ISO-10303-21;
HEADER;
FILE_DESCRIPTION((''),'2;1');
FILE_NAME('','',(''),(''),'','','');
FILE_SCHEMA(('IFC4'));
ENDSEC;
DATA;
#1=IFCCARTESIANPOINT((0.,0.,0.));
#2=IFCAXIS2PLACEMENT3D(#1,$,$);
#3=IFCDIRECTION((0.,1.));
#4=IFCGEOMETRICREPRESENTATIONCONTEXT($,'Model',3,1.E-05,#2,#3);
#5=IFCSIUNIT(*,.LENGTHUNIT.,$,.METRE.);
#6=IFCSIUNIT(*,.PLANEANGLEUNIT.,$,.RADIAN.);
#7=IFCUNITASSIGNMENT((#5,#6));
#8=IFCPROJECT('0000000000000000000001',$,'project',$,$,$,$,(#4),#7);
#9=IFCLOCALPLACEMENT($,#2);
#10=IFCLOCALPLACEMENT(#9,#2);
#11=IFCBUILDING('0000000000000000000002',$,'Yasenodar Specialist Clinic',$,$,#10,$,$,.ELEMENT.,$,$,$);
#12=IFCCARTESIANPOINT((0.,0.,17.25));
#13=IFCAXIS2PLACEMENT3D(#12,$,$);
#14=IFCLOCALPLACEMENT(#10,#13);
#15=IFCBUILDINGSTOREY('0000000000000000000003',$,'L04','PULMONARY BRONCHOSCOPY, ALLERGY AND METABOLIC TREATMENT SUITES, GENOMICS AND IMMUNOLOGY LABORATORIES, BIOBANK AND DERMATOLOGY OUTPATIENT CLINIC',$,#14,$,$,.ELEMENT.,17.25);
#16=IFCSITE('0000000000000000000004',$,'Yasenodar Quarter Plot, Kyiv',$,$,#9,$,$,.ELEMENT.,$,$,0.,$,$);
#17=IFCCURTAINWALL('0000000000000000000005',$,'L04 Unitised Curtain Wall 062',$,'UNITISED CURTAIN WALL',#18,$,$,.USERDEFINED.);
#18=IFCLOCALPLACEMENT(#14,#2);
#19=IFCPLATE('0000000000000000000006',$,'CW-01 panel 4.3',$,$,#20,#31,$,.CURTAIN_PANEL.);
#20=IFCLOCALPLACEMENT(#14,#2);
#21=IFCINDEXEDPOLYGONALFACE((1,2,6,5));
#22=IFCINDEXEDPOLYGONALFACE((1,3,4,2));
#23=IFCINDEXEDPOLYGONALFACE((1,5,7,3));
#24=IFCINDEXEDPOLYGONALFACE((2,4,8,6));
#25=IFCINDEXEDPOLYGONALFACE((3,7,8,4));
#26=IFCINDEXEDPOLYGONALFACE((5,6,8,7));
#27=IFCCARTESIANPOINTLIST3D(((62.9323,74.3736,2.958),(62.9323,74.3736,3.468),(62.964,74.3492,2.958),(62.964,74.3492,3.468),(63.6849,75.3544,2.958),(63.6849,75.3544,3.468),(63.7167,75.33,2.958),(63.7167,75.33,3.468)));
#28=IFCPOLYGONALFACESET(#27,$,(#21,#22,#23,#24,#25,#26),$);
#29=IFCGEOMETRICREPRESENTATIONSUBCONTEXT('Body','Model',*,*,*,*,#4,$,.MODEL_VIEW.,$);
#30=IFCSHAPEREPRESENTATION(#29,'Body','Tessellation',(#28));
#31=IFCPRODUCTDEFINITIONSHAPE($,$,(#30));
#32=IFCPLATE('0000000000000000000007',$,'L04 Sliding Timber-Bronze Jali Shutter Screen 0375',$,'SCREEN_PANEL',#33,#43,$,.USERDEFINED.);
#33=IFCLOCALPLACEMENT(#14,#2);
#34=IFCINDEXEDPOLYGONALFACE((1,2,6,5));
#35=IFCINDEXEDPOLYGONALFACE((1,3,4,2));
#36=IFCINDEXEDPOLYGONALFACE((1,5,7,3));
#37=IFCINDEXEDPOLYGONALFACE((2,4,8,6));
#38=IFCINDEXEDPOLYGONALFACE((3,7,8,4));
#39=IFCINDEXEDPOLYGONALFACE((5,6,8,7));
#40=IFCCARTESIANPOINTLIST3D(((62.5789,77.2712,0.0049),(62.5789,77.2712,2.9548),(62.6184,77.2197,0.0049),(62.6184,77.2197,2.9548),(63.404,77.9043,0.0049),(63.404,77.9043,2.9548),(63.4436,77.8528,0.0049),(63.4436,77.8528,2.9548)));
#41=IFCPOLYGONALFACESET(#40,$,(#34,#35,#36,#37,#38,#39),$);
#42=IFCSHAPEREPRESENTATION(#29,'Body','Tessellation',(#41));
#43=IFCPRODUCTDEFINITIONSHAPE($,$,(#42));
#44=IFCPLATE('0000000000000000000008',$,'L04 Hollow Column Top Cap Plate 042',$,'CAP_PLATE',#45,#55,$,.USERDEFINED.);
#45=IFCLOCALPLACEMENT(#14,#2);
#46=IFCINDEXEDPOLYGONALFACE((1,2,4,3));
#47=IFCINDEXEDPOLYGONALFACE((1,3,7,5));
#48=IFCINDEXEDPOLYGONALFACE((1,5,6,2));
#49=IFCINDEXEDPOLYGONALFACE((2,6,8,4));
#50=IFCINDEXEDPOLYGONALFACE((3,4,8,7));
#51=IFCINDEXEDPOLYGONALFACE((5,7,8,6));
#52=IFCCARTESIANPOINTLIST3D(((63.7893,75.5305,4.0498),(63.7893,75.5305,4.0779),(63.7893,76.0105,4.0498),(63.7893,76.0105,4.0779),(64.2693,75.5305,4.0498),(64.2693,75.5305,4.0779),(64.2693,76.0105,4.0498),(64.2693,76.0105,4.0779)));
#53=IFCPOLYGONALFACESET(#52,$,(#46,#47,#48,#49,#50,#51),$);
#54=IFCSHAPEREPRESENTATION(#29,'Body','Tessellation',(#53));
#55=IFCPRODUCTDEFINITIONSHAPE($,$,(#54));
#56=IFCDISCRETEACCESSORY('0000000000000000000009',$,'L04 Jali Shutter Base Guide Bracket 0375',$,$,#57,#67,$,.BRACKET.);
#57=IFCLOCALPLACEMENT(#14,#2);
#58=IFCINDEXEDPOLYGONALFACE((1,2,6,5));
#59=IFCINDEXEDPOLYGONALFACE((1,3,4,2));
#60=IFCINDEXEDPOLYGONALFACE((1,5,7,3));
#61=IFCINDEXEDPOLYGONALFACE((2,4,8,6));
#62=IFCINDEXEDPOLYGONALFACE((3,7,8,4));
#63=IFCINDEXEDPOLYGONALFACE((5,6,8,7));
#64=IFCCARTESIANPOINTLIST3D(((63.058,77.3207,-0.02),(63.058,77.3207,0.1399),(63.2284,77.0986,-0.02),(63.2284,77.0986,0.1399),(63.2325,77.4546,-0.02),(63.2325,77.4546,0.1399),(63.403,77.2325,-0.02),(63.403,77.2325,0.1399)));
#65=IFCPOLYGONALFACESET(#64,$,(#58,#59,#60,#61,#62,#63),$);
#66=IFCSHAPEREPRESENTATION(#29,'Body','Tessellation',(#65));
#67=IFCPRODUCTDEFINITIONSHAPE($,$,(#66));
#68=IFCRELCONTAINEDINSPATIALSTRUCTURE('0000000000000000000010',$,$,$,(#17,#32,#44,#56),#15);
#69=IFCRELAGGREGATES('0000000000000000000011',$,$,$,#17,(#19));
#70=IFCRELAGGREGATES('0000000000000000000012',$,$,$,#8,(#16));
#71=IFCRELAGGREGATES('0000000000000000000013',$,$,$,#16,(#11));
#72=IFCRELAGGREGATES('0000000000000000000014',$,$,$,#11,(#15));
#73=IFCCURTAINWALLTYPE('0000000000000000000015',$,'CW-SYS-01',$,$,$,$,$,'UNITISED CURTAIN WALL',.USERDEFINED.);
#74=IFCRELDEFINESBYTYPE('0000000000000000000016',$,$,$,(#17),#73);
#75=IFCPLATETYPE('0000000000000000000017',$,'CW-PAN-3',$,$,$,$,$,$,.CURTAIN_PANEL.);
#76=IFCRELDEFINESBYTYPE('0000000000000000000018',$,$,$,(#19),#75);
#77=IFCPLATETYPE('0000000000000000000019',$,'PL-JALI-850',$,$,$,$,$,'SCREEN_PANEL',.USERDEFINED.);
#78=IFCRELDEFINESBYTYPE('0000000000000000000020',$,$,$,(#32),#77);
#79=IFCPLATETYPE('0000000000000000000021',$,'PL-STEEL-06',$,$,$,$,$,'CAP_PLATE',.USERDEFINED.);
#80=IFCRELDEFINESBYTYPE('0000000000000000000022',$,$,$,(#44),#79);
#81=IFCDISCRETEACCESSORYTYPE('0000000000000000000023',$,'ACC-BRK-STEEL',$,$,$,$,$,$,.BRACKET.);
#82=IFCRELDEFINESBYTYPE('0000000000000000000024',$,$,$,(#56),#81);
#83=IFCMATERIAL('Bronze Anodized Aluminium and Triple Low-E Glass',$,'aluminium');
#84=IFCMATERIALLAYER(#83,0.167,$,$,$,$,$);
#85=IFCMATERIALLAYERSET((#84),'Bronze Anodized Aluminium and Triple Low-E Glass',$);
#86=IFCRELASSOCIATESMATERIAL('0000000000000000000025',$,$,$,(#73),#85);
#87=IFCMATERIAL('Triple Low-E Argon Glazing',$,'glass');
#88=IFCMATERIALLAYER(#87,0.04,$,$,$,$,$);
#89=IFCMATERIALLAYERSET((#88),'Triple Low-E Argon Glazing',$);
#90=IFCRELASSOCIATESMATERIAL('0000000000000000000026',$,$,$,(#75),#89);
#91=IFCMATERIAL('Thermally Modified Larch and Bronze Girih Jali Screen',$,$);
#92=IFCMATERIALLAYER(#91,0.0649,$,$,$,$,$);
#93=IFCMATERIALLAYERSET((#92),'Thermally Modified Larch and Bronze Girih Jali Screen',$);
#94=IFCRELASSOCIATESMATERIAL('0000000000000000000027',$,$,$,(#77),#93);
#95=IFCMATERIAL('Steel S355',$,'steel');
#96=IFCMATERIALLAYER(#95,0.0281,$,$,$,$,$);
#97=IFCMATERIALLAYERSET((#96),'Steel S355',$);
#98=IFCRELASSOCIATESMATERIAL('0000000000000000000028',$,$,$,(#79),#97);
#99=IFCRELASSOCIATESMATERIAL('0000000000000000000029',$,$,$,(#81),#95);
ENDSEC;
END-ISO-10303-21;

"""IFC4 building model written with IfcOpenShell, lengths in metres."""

from ifc_helpers import new_model, si_unit, direction, frame, origin, origin_2d, place, context, subcontext, project, spatial, rectangle, extrude, material, layer, layer_set, type_object, element, aggregate, save


model = new_model("IFC4")

# Units and contexts
model_context = context("Model", 3, precision=1e-05, world=origin(), true_north=direction((0.0, 1.0)))
body_context = subcontext(model_context, "Body", "Model", "MODEL_VIEW")
ifc_project = project(units=[si_unit("LENGTHUNIT", "METRE"), si_unit("PLANEANGLEUNIT", "RADIAN")], contexts=[model_context])

# Site, building, storey
site_placement = place(None, origin())
site = spatial("IfcSite", under=ifc_project, at=site_placement, Name="Yasenodar Quarter Plot, Kyiv", CompositionType="ELEMENT", RefElevation=0.0)
building_placement = place(site_placement, origin())
building = spatial("IfcBuilding", under=site, at=building_placement, Name="Yasenodar Specialist Clinic", CompositionType="ELEMENT")
storey_placement = place(building_placement, frame((0.0, 0.0, 17.25)))
storey = spatial("IfcBuildingStorey", under=building, at=storey_placement, Name="L04", Description="PULMONARY BRONCHOSCOPY, ALLERGY AND METABOLIC TREATMENT SUITES, GENOMICS AND IMMUNOLOGY LABORATORIES, BIOBANK AND DERMATOLOGY OUTPATIENT CLINIC", CompositionType="ELEMENT", Elevation=17.25)

# Shared definitions
ifc_material_1 = material(Name="Steel S355", Category="steel")

# Shared definitions
ifc_material_2 = material(Name="Bronze Anodized Aluminium and Triple Low-E Glass", Category="aluminium")
ifc_layer_1 = layer(ifc_material_2, 0.167)
ifc_layer_set_1 = layer_set([ifc_layer_1], Name="Bronze Anodized Aluminium and Triple Low-E Glass")
curtain_wall_type = type_object("IfcCurtainWallType", Name="CW-SYS-01", ElementType="UNITISED CURTAIN WALL", PredefinedType="USERDEFINED", material=ifc_layer_set_1)

# Curtain wall
curtain_wall_1_placement = place(storey_placement, origin())
curtain_wall_1 = element("IfcCurtainWall", 1, at=curtain_wall_1_placement, inside=storey, type_object=curtain_wall_type, Name="L04 Unitised Curtain Wall 062", ObjectType="UNITISED CURTAIN WALL", PredefinedType="USERDEFINED")

# Plate
ifc_material_3 = material(Name="Triple Low-E Argon Glazing", Category="glass")
ifc_layer_2 = layer(ifc_material_3, 0.04)
ifc_layer_set_2 = layer_set([ifc_layer_2], Name="Triple Low-E Argon Glazing")
plate_type_1 = type_object("IfcPlateType", Name="CW-PAN-3", PredefinedType="CURTAIN_PANEL", material=ifc_layer_set_2)
plate_1_placement = place(storey_placement, frame((63.3245, 74.8518, 2.958), z_axis=(0.0, 0.0, 1.0), x_axis=(0.608752, 0.793361, 0.0)))
plate_1 = element("IfcPlate", 2, at=plate_1_placement, type_object=plate_type_1, Name="CW-01 panel 4.3", PredefinedType="CURTAIN_PANEL", context=body_context, shape_type="SweptSolid", body=[
    extrude(rectangle(XDim=1.2363, YDim=0.04, at=origin_2d()), origin(), (0.0, 0.0, 1.0), 0.51),
])
aggregate(curtain_wall_1, [plate_1])

# Plates
ifc_material_4 = material(Name="Thermally Modified Larch and Bronze Girih Jali Screen")
ifc_layer_3 = layer(ifc_material_4, 0.0649)
ifc_layer_set_3 = layer_set([ifc_layer_3], Name="Thermally Modified Larch and Bronze Girih Jali Screen")
plate_type_2 = type_object("IfcPlateType", Name="PL-JALI-850", ElementType="SCREEN_PANEL", PredefinedType="USERDEFINED", material=ifc_layer_set_3)
plate_2_placement = place(storey_placement, frame((63.0112, 77.562, 0.0049), z_axis=(0.0, 0.0, 1.0), x_axis=(-0.793351, -0.608764, 0.0)))
element("IfcPlate", 3, at=plate_2_placement, inside=storey, type_object=plate_type_2, Name="L04 Sliding Timber-Bronze Jali Shutter Screen 0375", ObjectType="SCREEN_PANEL", PredefinedType="USERDEFINED", context=body_context, shape_type="SweptSolid", body=[
    extrude(rectangle(XDim=1.04, YDim=0.0649, at=origin_2d()), origin(), (0.0, 0.0, 1.0), 2.95),
])
ifc_layer_4 = layer(ifc_material_1, 0.0281)
ifc_layer_set_4 = layer_set([ifc_layer_4], Name="Steel S355")
plate_type_3 = type_object("IfcPlateType", Name="PL-STEEL-06", ElementType="CAP_PLATE", PredefinedType="USERDEFINED", material=ifc_layer_set_4)
plate_3_placement = place(storey_placement, frame((64.0293, 75.7705, 4.0498), z_axis=(0.0, 0.0, 1.0), x_axis=(1.0, 0.0, 0.0)))
element("IfcPlate", 4, at=plate_3_placement, inside=storey, type_object=plate_type_3, Name="L04 Hollow Column Top Cap Plate 042", ObjectType="CAP_PLATE", PredefinedType="USERDEFINED", context=body_context, shape_type="SweptSolid", body=[
    extrude(rectangle(XDim=0.48, YDim=0.48, at=origin_2d()), origin(), (0.0, 0.0, 1.0), 0.0281),
])

# Discrete accessory
discrete_accessory_type = type_object("IfcDiscreteAccessoryType", Name="ACC-BRK-STEEL", PredefinedType="BRACKET", material=ifc_material_1)
discrete_accessory_placement = place(storey_placement, frame((63.2305, 77.2766, -0.02), z_axis=(0.0, 0.0, 1.0), x_axis=(-0.793351, -0.608764, 0.0)))
element("IfcDiscreteAccessory", 5, at=discrete_accessory_placement, inside=storey, type_object=discrete_accessory_type, Name="L04 Jali Shutter Base Guide Bracket 0375", PredefinedType="BRACKET", context=body_context, shape_type="SweptSolid", body=[
    extrude(rectangle(XDim=0.22, YDim=0.28, at=origin_2d()), origin(), (0.0, 0.0, 1.0), 0.1599),
])

save(model, "model.ifc")
